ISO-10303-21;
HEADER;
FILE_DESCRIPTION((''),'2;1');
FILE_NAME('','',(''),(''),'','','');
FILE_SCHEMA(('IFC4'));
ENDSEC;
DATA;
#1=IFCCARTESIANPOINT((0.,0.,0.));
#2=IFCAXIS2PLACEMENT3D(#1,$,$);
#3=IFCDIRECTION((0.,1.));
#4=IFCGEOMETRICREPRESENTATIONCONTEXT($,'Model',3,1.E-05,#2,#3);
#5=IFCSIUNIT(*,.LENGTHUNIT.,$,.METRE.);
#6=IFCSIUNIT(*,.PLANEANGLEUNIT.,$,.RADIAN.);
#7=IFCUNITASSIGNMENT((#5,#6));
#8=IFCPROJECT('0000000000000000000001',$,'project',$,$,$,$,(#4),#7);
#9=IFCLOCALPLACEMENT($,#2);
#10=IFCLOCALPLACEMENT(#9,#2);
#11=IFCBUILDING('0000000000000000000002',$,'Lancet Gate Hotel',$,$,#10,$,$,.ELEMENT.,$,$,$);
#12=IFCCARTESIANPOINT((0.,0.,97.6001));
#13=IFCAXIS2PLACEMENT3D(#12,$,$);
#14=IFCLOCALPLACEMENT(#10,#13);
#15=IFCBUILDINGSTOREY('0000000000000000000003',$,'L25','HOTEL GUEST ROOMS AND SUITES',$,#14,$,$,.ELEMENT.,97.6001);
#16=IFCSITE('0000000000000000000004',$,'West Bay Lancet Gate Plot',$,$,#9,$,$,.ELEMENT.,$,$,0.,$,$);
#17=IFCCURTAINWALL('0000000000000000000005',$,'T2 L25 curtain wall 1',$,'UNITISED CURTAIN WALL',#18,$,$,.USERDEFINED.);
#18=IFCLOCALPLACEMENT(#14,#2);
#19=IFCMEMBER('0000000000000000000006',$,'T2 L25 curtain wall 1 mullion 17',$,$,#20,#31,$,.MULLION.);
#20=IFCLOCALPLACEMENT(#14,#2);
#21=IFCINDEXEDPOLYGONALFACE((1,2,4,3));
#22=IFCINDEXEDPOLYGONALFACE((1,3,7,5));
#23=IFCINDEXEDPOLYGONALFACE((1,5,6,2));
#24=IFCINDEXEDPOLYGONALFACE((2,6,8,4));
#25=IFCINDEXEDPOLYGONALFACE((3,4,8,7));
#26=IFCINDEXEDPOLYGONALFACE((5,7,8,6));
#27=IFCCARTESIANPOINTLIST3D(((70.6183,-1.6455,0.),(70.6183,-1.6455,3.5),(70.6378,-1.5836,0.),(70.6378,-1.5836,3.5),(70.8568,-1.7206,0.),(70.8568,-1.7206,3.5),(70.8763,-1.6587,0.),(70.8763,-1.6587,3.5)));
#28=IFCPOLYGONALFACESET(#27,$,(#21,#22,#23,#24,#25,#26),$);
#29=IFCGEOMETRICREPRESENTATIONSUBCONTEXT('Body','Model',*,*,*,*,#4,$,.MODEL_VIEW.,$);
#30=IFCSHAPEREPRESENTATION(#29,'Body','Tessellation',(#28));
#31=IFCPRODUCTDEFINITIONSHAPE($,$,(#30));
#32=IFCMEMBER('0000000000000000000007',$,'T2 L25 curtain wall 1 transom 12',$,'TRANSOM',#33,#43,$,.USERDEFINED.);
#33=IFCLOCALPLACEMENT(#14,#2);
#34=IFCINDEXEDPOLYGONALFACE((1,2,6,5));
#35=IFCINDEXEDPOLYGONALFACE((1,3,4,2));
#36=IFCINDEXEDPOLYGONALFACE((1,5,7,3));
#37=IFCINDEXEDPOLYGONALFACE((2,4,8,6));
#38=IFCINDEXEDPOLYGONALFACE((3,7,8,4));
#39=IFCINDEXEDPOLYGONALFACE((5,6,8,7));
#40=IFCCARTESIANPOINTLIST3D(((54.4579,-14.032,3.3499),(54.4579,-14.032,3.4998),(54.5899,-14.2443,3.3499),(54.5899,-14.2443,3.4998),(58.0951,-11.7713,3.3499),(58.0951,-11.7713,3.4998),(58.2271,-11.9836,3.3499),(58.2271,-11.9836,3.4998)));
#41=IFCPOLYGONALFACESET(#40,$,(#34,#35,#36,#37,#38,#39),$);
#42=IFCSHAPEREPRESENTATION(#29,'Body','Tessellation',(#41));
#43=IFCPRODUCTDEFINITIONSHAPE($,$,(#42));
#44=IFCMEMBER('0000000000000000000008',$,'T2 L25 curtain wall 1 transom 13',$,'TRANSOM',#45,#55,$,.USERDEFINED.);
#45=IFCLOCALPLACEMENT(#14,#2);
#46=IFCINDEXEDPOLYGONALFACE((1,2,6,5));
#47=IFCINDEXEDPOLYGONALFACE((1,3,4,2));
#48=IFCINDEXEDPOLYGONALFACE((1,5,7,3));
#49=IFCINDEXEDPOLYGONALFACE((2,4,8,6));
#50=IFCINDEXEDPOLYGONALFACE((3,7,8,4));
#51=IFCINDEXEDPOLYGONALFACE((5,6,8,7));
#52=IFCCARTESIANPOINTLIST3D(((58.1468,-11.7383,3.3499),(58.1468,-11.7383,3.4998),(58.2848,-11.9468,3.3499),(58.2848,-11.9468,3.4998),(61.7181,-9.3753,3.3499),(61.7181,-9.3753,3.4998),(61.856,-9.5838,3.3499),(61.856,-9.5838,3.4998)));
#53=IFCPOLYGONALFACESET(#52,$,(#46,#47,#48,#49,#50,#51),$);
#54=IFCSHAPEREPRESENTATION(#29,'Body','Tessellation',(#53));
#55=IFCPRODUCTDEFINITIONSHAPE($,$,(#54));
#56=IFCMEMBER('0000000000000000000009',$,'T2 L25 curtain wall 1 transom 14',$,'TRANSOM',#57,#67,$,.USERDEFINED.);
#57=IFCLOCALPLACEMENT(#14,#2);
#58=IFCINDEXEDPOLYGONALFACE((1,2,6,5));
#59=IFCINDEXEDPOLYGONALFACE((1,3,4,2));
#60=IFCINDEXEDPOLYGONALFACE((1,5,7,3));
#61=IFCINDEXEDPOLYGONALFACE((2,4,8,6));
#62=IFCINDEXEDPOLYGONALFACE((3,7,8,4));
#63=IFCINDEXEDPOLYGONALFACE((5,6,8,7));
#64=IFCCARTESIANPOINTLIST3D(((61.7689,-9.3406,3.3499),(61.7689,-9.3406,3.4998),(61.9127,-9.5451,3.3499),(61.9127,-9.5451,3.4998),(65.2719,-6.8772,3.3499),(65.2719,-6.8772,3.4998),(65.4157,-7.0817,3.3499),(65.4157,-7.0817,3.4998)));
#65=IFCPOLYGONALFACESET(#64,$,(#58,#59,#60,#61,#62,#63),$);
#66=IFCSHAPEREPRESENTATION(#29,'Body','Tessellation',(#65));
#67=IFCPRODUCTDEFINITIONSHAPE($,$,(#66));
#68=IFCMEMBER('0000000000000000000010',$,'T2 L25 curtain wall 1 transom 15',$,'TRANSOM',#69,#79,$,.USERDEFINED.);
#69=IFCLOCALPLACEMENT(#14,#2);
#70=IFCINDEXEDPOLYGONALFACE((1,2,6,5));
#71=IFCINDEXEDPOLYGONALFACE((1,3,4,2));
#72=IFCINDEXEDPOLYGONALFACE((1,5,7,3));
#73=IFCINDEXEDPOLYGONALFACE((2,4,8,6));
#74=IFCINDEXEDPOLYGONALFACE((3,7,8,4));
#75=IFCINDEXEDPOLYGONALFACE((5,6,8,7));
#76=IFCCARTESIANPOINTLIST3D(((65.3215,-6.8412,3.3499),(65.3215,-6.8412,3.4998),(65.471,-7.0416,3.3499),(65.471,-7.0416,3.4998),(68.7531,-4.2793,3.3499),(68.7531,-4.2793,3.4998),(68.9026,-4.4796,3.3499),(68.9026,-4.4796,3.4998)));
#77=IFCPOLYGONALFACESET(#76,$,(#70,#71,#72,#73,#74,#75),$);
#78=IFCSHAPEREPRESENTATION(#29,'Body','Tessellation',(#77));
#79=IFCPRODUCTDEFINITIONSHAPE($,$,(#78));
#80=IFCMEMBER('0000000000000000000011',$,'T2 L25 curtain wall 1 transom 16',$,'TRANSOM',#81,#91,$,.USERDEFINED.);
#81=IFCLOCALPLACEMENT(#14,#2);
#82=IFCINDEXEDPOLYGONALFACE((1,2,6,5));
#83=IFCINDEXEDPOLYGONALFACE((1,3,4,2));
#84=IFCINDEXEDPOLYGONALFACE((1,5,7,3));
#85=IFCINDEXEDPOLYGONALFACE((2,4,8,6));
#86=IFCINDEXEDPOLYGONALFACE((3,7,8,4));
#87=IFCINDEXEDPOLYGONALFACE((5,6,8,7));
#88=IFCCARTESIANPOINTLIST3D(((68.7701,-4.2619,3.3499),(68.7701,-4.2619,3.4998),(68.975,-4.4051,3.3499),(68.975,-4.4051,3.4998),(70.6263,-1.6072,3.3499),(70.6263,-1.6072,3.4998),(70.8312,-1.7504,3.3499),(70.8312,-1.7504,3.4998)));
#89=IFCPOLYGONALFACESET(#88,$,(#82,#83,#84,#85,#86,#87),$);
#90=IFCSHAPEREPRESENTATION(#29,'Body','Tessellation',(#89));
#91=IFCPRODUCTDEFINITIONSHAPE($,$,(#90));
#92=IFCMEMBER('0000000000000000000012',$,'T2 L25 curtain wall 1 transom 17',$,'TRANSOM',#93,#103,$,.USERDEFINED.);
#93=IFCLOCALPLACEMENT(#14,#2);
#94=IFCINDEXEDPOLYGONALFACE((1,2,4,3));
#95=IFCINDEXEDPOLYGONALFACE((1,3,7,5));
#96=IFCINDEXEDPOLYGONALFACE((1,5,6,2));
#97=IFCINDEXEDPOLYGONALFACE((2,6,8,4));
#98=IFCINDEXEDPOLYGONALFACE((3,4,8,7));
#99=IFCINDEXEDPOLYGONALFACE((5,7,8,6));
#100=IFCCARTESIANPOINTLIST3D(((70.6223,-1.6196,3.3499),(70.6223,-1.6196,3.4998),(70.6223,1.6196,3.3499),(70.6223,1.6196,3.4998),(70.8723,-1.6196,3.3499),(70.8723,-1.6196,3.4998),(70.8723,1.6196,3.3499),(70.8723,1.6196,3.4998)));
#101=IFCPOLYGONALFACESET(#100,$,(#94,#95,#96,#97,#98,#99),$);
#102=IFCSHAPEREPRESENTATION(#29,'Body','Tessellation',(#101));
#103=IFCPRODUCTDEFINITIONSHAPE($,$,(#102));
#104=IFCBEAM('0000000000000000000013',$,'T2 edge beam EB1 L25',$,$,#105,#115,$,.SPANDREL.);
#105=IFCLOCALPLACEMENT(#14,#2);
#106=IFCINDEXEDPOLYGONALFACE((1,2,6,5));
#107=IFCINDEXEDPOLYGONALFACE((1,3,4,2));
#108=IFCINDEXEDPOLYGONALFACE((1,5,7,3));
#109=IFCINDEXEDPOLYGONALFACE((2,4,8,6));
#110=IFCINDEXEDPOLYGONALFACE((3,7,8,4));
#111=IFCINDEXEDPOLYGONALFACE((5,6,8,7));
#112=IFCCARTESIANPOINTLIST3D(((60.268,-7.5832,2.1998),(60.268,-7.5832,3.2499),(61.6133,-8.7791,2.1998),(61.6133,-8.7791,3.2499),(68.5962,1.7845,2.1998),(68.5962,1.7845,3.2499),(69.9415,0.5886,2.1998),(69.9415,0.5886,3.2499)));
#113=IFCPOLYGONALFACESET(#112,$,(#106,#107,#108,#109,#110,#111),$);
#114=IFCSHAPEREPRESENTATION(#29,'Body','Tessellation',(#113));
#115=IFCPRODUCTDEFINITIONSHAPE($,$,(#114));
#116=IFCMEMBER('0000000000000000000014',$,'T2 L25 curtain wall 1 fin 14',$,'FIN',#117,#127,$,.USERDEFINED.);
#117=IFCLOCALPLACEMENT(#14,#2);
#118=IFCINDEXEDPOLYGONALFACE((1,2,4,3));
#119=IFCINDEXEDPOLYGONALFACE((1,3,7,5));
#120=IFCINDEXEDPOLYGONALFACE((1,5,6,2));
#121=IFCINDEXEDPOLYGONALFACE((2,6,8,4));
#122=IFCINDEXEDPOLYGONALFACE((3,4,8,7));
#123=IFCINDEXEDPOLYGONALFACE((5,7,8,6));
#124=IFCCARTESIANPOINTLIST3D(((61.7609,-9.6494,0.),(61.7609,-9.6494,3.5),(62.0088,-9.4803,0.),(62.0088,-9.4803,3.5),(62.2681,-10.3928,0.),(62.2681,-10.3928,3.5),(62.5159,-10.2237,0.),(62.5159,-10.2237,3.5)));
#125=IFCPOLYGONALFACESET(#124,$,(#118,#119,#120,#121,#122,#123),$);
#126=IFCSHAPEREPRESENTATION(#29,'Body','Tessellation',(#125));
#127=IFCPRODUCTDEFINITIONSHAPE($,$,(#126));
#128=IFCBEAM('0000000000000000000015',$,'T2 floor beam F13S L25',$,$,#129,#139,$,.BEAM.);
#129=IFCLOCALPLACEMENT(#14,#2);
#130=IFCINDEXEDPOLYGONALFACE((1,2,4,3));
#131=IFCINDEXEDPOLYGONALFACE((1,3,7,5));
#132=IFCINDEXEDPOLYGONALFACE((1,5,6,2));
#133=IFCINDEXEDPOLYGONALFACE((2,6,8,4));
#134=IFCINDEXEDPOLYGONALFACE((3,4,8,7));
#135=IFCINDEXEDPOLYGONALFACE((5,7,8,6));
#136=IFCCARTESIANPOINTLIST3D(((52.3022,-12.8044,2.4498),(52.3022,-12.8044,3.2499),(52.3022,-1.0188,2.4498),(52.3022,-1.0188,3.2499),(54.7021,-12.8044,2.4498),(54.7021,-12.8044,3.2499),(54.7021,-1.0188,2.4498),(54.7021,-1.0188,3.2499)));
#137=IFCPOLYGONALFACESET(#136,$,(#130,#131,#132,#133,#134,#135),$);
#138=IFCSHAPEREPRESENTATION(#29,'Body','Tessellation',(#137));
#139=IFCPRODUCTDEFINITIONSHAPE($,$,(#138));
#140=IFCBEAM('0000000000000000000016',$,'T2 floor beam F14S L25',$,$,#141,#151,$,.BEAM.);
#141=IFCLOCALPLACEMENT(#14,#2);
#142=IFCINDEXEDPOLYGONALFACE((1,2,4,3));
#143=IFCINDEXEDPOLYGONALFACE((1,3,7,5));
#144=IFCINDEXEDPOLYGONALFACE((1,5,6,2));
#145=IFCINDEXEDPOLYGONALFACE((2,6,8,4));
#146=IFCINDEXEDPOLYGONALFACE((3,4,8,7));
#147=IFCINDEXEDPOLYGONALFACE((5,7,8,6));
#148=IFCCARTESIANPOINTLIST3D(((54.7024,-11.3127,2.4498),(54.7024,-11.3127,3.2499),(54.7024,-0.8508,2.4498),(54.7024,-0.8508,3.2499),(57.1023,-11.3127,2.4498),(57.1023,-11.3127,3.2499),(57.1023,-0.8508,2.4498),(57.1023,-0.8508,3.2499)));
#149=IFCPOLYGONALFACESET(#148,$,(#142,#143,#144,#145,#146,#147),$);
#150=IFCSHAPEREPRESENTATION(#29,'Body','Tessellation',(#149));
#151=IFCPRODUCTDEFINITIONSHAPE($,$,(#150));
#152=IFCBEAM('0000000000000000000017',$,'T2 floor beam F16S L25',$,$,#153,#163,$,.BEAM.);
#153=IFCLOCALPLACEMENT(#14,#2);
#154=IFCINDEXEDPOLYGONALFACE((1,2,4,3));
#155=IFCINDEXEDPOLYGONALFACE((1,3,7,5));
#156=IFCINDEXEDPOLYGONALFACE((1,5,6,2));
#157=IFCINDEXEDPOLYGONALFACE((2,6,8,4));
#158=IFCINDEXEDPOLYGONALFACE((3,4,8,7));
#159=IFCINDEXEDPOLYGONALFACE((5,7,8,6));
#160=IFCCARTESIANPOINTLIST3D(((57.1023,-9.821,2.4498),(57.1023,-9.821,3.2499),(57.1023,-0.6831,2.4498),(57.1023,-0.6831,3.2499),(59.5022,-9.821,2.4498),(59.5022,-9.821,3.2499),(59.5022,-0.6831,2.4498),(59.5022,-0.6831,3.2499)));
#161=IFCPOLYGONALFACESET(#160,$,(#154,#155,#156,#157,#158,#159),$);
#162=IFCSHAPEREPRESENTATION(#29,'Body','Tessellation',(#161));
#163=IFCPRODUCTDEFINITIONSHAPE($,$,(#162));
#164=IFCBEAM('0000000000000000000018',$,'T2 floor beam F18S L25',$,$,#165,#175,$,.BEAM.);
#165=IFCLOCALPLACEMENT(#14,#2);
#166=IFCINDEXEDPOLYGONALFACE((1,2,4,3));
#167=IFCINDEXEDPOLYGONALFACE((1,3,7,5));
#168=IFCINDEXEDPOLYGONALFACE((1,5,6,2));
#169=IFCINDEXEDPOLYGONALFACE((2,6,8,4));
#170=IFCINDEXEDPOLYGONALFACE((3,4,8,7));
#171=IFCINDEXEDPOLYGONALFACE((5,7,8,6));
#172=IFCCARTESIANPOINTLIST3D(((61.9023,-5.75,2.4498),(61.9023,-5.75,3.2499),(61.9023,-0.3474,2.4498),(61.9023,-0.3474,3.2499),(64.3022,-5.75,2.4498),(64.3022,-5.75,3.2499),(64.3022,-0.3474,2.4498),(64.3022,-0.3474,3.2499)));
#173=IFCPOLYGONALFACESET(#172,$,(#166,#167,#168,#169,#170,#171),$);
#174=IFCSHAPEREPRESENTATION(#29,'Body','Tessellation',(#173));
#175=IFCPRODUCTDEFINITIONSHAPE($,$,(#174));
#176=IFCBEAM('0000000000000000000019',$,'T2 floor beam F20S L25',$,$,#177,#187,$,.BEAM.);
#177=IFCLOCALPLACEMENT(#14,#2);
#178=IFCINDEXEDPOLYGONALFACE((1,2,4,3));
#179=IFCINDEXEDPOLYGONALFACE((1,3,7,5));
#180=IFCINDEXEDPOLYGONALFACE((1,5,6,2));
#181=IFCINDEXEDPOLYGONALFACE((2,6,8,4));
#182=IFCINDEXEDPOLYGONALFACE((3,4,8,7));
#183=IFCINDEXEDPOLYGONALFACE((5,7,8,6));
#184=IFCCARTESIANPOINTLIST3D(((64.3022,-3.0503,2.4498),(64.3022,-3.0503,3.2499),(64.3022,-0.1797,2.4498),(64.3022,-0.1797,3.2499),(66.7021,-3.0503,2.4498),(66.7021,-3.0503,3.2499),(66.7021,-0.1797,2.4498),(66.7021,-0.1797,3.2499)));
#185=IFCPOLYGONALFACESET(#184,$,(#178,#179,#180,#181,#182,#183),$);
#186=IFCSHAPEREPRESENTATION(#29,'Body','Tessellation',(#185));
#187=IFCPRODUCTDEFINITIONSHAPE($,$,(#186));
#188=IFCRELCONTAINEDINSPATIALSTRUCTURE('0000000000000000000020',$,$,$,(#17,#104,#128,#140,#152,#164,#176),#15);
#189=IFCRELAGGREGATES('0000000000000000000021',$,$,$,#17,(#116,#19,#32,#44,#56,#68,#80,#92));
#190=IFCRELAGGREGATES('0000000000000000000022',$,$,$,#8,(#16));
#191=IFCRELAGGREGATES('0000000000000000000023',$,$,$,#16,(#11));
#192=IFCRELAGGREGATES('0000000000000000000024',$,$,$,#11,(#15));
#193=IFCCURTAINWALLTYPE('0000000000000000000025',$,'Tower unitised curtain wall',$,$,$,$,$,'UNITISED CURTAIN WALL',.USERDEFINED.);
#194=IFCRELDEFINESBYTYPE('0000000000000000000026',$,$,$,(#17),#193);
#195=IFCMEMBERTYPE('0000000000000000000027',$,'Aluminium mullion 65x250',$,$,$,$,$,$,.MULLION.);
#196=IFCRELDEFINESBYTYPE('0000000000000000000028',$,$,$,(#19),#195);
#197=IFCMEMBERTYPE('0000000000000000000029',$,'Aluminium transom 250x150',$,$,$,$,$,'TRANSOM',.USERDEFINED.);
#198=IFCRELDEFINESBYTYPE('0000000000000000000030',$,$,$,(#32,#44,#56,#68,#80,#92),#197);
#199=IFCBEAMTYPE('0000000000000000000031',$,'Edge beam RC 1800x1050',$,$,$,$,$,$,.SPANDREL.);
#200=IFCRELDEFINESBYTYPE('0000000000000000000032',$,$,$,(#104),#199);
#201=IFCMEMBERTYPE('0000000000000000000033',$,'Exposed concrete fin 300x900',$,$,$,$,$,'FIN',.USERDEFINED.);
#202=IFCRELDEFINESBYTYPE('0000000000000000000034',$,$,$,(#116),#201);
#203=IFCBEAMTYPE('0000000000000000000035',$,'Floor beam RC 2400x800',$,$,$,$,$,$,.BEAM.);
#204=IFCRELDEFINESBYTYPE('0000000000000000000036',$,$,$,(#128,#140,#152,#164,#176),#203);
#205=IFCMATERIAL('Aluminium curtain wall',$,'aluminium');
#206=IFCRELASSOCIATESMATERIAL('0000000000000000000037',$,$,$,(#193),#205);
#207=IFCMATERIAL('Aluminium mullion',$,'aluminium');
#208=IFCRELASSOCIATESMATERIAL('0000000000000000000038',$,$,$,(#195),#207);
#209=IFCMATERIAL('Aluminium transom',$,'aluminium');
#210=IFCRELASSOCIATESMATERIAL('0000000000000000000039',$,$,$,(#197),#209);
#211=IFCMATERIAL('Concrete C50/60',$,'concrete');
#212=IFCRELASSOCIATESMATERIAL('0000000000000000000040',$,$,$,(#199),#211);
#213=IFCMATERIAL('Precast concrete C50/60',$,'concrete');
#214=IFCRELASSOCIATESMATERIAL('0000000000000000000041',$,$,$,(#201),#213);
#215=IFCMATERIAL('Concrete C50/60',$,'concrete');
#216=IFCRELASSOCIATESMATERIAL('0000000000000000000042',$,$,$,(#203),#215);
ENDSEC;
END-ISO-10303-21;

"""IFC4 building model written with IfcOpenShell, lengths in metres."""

from ifc_helpers import new_model, si_unit, direction, frame, origin, origin_2d, place, context, subcontext, project, spatial, rectangle, extrude, material, material_profile, profile_set, type_object, element, aggregate, save


model = new_model("IFC4")

# Units and contexts
model_context = context("Model", 3, precision=1e-05, world=origin(), true_north=direction((0.0, 1.0)))
body_context = subcontext(model_context, "Body", "Model", "MODEL_VIEW")
ifc_project = project(units=[si_unit("LENGTHUNIT", "METRE"), si_unit("PLANEANGLEUNIT", "RADIAN")], contexts=[model_context])

# Site, building, storey
site_placement = place(None, origin())
site = spatial("IfcSite", under=ifc_project, at=site_placement, Name="West Bay Lancet Gate Plot", CompositionType="ELEMENT", RefElevation=0.0)
building_placement = place(site_placement, origin())
building = spatial("IfcBuilding", under=site, at=building_placement, Name="Lancet Gate Hotel", CompositionType="ELEMENT")
storey_placement = place(building_placement, frame((0.0, 0.0, 97.6001)))
storey = spatial("IfcBuildingStorey", under=building, at=storey_placement, Name="L25", Description="HOTEL GUEST ROOMS AND SUITES", CompositionType="ELEMENT", Elevation=97.6001)

# Curtain wall, members
ifc_material_1 = material(Name="Aluminium curtain wall", Category="aluminium")
curtain_wall_type = type_object("IfcCurtainWallType", Name="Tower unitised curtain wall", ElementType="UNITISED CURTAIN WALL", PredefinedType="USERDEFINED", material=ifc_material_1)
curtain_wall_placement = place(storey_placement, origin())
curtain_wall = element("IfcCurtainWall", 1, at=curtain_wall_placement, inside=storey, type_object=curtain_wall_type, Name="T2 L25 curtain wall 1", ObjectType="UNITISED CURTAIN WALL", PredefinedType="USERDEFINED")
ifc_material_2 = material(Name="Aluminium mullion", Category="aluminium")
ifc_material_profile_1 = material_profile(ifc_material_2, rectangle(XDim=0.0649, YDim=0.25, at=origin_2d()), Name="MULLION 65x250")
ifc_profile_set_1 = profile_set([ifc_material_profile_1], Name="Aluminium mullion")
member_type_1 = type_object("IfcMemberType", Name="Aluminium mullion 65x250", PredefinedType="MULLION", material=ifc_profile_set_1)
member_1_placement = place(storey_placement, frame((70.7473, -1.6521, 0.0), z_axis=(0.0, 0.0, 1.0), x_axis=(0.300385, 0.953818, 0.0)))
member_1 = element("IfcMember", 2, at=member_1_placement, type_object=member_type_1, Name="T2 L25 curtain wall 1 mullion 17", PredefinedType="MULLION", context=body_context, shape_type="SweptSolid", body=[
    extrude(rectangle(XDim=0.0649, YDim=0.25, at=origin_2d()), origin(), (0.0, 0.0, 1.0), 3.5),
])
ifc_material_3 = material(Name="Aluminium transom", Category="aluminium")
ifc_material_profile_2 = material_profile(ifc_material_3, rectangle(XDim=0.25, YDim=0.1499, at=origin_2d()), Name="TRANSOM 250x150")
ifc_profile_set_2 = profile_set([ifc_material_profile_2], Name="Aluminium transom")
member_type_2 = type_object("IfcMemberType", Name="Aluminium transom 250x150", ElementType="TRANSOM", PredefinedType="USERDEFINED", material=ifc_profile_set_2)
member_2_placement = place(storey_placement, frame((54.5239, -14.1382, 3.4248), z_axis=(0.849309, 0.527896, 0.0), x_axis=(-0.527896, 0.849309, 0.0)))
member_2 = element("IfcMember", 3, at=member_2_placement, type_object=member_type_2, Name="T2 L25 curtain wall 1 transom 12", ObjectType="TRANSOM", PredefinedType="USERDEFINED", context=body_context, shape_type="SweptSolid", body=[
    extrude(rectangle(XDim=0.25, YDim=0.1499, at=origin_2d()), origin(), (0.0, 0.0, 1.0), 4.2825),
])
member_3_placement = place(storey_placement, frame((58.2158, -11.8425, 3.4248), z_axis=(0.833966, 0.551816, 0.0), x_axis=(-0.551816, 0.833966, 0.0)))
member_3 = element("IfcMember", 4, at=member_3_placement, type_object=member_type_2, Name="T2 L25 curtain wall 1 transom 13", ObjectType="TRANSOM", PredefinedType="USERDEFINED", context=body_context, shape_type="SweptSolid", body=[
    extrude(rectangle(XDim=0.25, YDim=0.1499, at=origin_2d()), origin(), (0.0, 0.0, 1.0), 4.2822),
])
member_4_placement = place(storey_placement, frame((61.8408, -9.4429, 3.4248), z_axis=(0.817987, 0.575236, 0.0), x_axis=(-0.575236, 0.817987, 0.0)))
member_4 = element("IfcMember", 5, at=member_4_placement, type_object=member_type_2, Name="T2 L25 curtain wall 1 transom 14", ObjectType="TRANSOM", PredefinedType="USERDEFINED", context=body_context, shape_type="SweptSolid", body=[
    extrude(rectangle(XDim=0.25, YDim=0.1499, at=origin_2d()), origin(), (0.0, 0.0, 1.0), 4.2825),
])
member_5_placement = place(storey_placement, frame((65.3962, -6.9414, 3.4248), z_axis=(0.801312, 0.598247, 0.0), x_axis=(-0.598247, 0.801312, 0.0)))
member_5 = element("IfcMember", 6, at=member_5_placement, type_object=member_type_2, Name="T2 L25 curtain wall 1 transom 15", ObjectType="TRANSOM", PredefinedType="USERDEFINED", context=body_context, shape_type="SweptSolid", body=[
    extrude(rectangle(XDim=0.25, YDim=0.1499, at=origin_2d()), origin(), (0.0, 0.0, 1.0), 4.2825),
])
member_6_placement = place(storey_placement, frame((68.8726, -4.3335, 3.4248), z_axis=(0.573017, 0.819543, 0.0), x_axis=(-0.819543, 0.573017, 0.0)))
member_6 = element("IfcMember", 7, at=member_6_placement, type_object=member_type_2, Name="T2 L25 curtain wall 1 transom 16", ObjectType="TRANSOM", PredefinedType="USERDEFINED", context=body_context, shape_type="SweptSolid", body=[
    extrude(rectangle(XDim=0.25, YDim=0.1499, at=origin_2d()), origin(), (0.0, 0.0, 1.0), 3.2393),
])
member_7_placement = place(storey_placement, frame((70.7473, -1.6196, 3.4248), z_axis=(0.0, 1.0, 0.0), x_axis=(-1.0, 0.0, 0.0)))
member_7 = element("IfcMember", 8, at=member_7_placement, type_object=member_type_2, Name="T2 L25 curtain wall 1 transom 17", ObjectType="TRANSOM", PredefinedType="USERDEFINED", context=body_context, shape_type="SweptSolid", body=[
    extrude(rectangle(XDim=0.25, YDim=0.1499, at=origin_2d()), origin(), (0.0, 0.0, 1.0), 3.2393),
])

# Beam
ifc_material_4 = material(Name="Concrete C50/60", Category="concrete")
ifc_material_profile_3 = material_profile(ifc_material_4, rectangle(XDim=1.8, YDim=1.05, at=origin_2d()), Name="RC 1800x1050")
ifc_profile_set_3 = profile_set([ifc_material_profile_3], Name="Concrete C50/60")
beam_type_1 = type_object("IfcBeamType", Name="Edge beam RC 1800x1050", PredefinedType="SPANDREL", material=ifc_profile_set_3)
beam_1_placement = place(storey_placement, frame((60.9407, -8.1812, 2.7249), z_axis=(0.664422, 0.747358, 0.0), x_axis=(-0.747358, 0.664422, 0.0)))
element("IfcBeam", 9, at=beam_1_placement, inside=storey, type_object=beam_type_1, Name="T2 edge beam EB1 L25", PredefinedType="SPANDREL", context=body_context, shape_type="SweptSolid", body=[
    extrude(rectangle(XDim=1.8, YDim=1.05, at=origin_2d()), origin(), (0.0, 0.0, 1.0), 12.5344),
])

# Member
ifc_material_5 = material(Name="Precast concrete C50/60", Category="concrete")
ifc_material_profile_4 = material_profile(ifc_material_5, rectangle(XDim=0.3, YDim=0.8999, at=origin_2d()), Name="FIN 300x900")
ifc_profile_set_4 = profile_set([ifc_material_profile_4], Name="Precast concrete C50/60")
member_type_3 = type_object("IfcMemberType", Name="Exposed concrete fin 300x900", ElementType="FIN", PredefinedType="USERDEFINED", material=ifc_profile_set_4)
member_8_placement = place(storey_placement, frame((62.1384, -9.9365, 0.0), z_axis=(0.0, 0.0, 1.0), x_axis=(0.826066, 0.563574, 0.0)))
member_8 = element("IfcMember", 10, at=member_8_placement, type_object=member_type_3, Name="T2 L25 curtain wall 1 fin 14", ObjectType="FIN", PredefinedType="USERDEFINED", context=body_context, shape_type="SweptSolid", body=[
    extrude(rectangle(XDim=0.3, YDim=0.8999, at=origin_2d()), origin(), (0.0, 0.0, 1.0), 3.5),
])

# Beams
ifc_material_6 = material(Name="Concrete C50/60", Category="concrete")
ifc_material_profile_5 = material_profile(ifc_material_6, rectangle(XDim=2.3999, YDim=0.8, at=origin_2d()), Name="RC 2400x800")
ifc_profile_set_5 = profile_set([ifc_material_profile_5], Name="Concrete C50/60")
beam_type_2 = type_object("IfcBeamType", Name="Floor beam RC 2400x800", PredefinedType="BEAM", material=ifc_profile_set_5)
beam_2_placement = place(storey_placement, frame((53.5022, -12.8044, 2.8499), z_axis=(0.0, 1.0, 0.0), x_axis=(-1.0, 0.0, 0.0)))
element("IfcBeam", 11, at=beam_2_placement, inside=storey, type_object=beam_type_2, Name="T2 floor beam F13S L25", PredefinedType="BEAM", context=body_context, shape_type="SweptSolid", body=[
    extrude(rectangle(XDim=2.3999, YDim=0.8, at=origin_2d()), origin(), (0.0, 0.0, 1.0), 11.7856),
])
beam_3_placement = place(storey_placement, frame((55.9023, -11.3127, 2.8499), z_axis=(0.0, 1.0, 0.0), x_axis=(-1.0, 0.0, 0.0)))
element("IfcBeam", 12, at=beam_3_placement, inside=storey, type_object=beam_type_2, Name="T2 floor beam F14S L25", PredefinedType="BEAM", context=body_context, shape_type="SweptSolid", body=[
    extrude(rectangle(XDim=2.3999, YDim=0.8, at=origin_2d()), origin(), (0.0, 0.0, 1.0), 10.4619),
])
beam_4_placement = place(storey_placement, frame((58.3022, -9.821, 2.8499), z_axis=(0.0, 1.0, 0.0), x_axis=(-1.0, 0.0, 0.0)))
element("IfcBeam", 13, at=beam_4_placement, inside=storey, type_object=beam_type_2, Name="T2 floor beam F16S L25", PredefinedType="BEAM", context=body_context, shape_type="SweptSolid", body=[
    extrude(rectangle(XDim=2.3999, YDim=0.8, at=origin_2d()), origin(), (0.0, 0.0, 1.0), 9.1379),
])
beam_5_placement = place(storey_placement, frame((63.1023, -5.75, 2.8499), z_axis=(0.0, 1.0, 0.0), x_axis=(-1.0, 0.0, 0.0)))
element("IfcBeam", 14, at=beam_5_placement, inside=storey, type_object=beam_type_2, Name="T2 floor beam F18S L25", PredefinedType="BEAM", context=body_context, shape_type="SweptSolid", body=[
    extrude(rectangle(XDim=2.3999, YDim=0.8, at=origin_2d()), origin(), (0.0, 0.0, 1.0), 5.4026),
])
beam_6_placement = place(storey_placement, frame((65.5022, -3.0503, 2.8499), z_axis=(0.0, 1.0, 0.0), x_axis=(-1.0, 0.0, 0.0)))
element("IfcBeam", 15, at=beam_6_placement, inside=storey, type_object=beam_type_2, Name="T2 floor beam F20S L25", PredefinedType="BEAM", context=body_context, shape_type="SweptSolid", body=[
    extrude(rectangle(XDim=2.3999, YDim=0.8, at=origin_2d()), origin(), (0.0, 0.0, 1.0), 2.8706),
])

aggregate(curtain_wall, [member_8, member_1, member_2, member_3, member_4, member_5, member_6, member_7])

save(model, "model.ifc")
